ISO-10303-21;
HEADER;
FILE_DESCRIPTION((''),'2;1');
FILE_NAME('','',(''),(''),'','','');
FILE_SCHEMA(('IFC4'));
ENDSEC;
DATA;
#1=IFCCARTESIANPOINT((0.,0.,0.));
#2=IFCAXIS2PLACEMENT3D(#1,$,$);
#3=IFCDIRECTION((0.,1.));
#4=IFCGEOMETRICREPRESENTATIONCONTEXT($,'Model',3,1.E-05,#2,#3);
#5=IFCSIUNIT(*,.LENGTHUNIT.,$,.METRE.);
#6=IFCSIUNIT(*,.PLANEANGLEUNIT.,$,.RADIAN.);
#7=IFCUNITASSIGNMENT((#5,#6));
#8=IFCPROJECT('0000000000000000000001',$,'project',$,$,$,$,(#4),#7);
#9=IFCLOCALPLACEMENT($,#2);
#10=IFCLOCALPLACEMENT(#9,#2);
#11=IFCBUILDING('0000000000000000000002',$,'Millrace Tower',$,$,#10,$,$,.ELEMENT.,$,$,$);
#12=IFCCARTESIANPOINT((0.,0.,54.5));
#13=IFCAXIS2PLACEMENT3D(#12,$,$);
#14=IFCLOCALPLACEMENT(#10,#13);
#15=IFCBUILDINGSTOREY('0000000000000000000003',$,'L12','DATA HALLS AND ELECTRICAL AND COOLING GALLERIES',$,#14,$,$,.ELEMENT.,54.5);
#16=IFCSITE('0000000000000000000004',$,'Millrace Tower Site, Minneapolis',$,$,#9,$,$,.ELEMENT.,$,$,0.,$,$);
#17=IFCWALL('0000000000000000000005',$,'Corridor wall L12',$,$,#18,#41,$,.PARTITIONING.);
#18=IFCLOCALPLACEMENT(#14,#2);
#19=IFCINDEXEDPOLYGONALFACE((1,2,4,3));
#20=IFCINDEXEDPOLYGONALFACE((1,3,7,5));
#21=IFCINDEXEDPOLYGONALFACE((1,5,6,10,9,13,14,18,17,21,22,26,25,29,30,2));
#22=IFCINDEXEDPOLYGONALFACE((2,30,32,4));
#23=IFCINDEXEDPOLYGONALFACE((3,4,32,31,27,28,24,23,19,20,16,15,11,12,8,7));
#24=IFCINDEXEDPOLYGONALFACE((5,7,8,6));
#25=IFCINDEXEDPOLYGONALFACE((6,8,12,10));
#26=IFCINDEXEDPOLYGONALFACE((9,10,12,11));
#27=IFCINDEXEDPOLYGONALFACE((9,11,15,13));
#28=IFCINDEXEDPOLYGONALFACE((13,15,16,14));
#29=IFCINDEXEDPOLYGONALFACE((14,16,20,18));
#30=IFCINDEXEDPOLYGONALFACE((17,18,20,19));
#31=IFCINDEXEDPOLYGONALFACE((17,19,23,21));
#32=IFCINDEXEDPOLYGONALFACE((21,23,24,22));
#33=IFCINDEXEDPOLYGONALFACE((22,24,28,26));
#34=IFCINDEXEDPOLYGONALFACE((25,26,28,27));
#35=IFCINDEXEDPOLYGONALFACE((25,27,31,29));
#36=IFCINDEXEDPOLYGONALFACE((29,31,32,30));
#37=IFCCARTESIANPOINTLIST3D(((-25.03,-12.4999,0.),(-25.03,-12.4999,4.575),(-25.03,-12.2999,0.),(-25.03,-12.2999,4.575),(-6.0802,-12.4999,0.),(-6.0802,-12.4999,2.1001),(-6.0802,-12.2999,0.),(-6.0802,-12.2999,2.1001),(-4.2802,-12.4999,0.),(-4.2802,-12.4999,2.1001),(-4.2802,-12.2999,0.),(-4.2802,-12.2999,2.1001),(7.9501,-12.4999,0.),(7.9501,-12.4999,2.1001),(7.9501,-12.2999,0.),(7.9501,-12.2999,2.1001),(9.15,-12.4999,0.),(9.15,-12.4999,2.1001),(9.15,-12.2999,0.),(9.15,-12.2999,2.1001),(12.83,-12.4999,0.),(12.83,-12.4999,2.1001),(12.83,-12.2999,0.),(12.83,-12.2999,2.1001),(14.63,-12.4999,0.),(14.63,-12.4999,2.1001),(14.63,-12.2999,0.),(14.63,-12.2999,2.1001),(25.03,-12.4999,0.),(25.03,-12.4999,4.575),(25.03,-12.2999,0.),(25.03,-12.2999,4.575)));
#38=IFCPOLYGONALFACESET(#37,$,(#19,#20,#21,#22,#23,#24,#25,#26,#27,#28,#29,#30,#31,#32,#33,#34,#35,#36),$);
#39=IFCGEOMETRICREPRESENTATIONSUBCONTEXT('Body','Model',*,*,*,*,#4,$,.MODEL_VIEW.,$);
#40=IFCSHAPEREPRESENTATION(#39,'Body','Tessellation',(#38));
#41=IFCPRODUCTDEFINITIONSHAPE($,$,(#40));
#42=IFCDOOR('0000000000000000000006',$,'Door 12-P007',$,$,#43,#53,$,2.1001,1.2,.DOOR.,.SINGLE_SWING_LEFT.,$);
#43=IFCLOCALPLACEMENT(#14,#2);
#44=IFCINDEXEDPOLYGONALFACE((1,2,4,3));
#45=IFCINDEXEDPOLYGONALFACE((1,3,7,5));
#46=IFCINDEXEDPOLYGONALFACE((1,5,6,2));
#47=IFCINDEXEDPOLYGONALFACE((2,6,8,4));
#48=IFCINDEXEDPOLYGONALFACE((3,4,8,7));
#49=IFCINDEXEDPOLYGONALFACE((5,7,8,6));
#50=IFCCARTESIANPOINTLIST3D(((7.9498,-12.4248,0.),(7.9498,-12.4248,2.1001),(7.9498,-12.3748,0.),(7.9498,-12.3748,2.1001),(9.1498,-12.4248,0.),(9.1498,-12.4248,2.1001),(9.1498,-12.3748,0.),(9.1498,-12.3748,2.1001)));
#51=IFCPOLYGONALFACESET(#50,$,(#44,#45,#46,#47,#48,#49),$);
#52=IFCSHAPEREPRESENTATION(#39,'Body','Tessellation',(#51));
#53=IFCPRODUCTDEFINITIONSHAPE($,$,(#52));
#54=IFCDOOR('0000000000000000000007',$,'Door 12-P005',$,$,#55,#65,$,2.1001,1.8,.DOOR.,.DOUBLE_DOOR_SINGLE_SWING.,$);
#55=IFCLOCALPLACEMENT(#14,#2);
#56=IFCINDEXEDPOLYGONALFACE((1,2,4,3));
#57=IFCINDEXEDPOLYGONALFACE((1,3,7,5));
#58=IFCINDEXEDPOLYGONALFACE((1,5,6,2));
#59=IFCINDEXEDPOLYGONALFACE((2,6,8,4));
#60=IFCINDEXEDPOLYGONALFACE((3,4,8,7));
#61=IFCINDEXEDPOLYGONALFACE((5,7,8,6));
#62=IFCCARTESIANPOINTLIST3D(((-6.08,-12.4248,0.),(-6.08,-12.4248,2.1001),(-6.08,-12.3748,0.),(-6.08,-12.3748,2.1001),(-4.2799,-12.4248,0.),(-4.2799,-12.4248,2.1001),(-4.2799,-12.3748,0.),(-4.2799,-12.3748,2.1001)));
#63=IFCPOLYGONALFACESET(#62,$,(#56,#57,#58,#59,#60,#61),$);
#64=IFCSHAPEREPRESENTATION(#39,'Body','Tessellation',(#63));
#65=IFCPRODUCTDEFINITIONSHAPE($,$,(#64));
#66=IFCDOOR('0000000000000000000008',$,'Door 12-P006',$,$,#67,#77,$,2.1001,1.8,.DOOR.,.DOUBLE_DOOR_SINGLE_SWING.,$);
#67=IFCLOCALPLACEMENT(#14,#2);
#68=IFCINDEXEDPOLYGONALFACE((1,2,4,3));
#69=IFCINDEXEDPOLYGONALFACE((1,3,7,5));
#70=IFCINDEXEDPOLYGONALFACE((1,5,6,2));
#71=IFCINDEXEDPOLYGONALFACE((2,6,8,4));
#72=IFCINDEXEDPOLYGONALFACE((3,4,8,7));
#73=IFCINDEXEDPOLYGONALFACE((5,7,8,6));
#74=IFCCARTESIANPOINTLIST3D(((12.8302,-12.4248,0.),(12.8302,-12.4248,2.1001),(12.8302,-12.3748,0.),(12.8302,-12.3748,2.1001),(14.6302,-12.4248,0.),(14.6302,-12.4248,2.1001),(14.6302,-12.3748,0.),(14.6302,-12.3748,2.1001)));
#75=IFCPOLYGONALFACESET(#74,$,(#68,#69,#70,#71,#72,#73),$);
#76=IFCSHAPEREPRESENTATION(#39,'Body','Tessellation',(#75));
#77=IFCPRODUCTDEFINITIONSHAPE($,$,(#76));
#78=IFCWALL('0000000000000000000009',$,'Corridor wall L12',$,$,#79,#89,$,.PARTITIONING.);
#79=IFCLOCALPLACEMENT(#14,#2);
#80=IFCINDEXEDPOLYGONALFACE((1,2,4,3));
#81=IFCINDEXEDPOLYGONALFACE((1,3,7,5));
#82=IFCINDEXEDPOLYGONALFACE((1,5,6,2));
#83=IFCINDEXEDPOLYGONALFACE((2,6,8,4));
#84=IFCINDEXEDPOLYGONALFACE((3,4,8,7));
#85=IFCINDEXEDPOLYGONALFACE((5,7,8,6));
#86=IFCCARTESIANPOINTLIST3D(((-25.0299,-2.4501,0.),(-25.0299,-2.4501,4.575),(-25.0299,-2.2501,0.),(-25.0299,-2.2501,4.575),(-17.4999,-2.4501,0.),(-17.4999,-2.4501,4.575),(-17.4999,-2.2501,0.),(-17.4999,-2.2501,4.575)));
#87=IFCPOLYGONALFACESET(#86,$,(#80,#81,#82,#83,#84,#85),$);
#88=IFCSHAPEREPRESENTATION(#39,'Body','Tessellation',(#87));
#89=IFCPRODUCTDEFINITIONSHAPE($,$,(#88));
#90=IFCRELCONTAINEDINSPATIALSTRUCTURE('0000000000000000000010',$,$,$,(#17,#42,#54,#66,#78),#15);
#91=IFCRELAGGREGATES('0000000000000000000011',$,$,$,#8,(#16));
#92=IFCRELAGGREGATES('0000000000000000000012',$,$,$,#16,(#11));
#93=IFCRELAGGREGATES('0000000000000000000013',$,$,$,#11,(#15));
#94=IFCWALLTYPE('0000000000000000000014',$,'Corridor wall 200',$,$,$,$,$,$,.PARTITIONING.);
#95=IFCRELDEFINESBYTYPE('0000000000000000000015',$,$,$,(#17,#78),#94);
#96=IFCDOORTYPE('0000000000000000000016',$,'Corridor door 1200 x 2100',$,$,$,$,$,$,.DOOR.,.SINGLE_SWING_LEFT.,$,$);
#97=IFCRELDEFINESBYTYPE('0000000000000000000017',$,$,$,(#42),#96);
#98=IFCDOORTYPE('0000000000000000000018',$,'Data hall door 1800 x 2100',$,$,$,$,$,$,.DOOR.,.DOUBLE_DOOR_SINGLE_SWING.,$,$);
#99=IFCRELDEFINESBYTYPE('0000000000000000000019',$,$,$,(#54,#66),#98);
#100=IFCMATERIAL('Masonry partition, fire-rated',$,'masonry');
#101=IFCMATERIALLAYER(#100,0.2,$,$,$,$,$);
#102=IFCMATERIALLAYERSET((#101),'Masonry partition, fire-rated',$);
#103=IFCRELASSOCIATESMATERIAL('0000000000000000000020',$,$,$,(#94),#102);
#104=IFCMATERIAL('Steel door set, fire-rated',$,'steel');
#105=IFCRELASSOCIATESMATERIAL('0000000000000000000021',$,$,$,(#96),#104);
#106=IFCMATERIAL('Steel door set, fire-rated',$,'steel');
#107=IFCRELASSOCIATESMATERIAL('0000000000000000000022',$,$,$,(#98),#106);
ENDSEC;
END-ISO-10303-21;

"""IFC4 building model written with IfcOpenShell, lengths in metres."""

from ifc_helpers import new_model, si_unit, direction, frame, frame_2d, origin, place, context, subcontext, project, spatial, rectangle, extrude, material, layer, layer_set, type_object, element, fill, save


model = new_model("IFC4")

# Units and contexts
model_context = context("Model", 3, precision=1e-05, world=origin(), true_north=direction((0.0, 1.0)))
body_context = subcontext(model_context, "Body", "Model", "MODEL_VIEW")
ifc_project = project(units=[si_unit("LENGTHUNIT", "METRE"), si_unit("PLANEANGLEUNIT", "RADIAN")], contexts=[model_context])

# Site, building, storey
site_placement = place(None, origin())
site = spatial("IfcSite", under=ifc_project, at=site_placement, Name="Millrace Tower Site, Minneapolis", CompositionType="ELEMENT", RefElevation=0.0)
building_placement = place(site_placement, origin())
building = spatial("IfcBuilding", under=site, at=building_placement, Name="Millrace Tower", CompositionType="ELEMENT")
storey_placement = place(building_placement, frame((0.0, 0.0, 54.5)))
storey = spatial("IfcBuildingStorey", under=building, at=storey_placement, Name="L12", Description="DATA HALLS AND ELECTRICAL AND COOLING GALLERIES", CompositionType="ELEMENT", Elevation=54.5)

# Wall, openings, doors
ifc_material_1 = material(Name="Masonry partition, fire-rated", Category="masonry")
ifc_layer_1 = layer(ifc_material_1, 0.2)
ifc_layer_set_1 = layer_set([ifc_layer_1], Name="Masonry partition, fire-rated")
wall_type = type_object("IfcWallType", Name="Corridor wall 200", PredefinedType="PARTITIONING", material=ifc_layer_set_1)
wall_1_placement = place(storey_placement, frame((-25.03, -12.3999, 0.0), z_axis=(0.0, 0.0, 1.0), x_axis=(1.0, 0.0, 0.0)))
wall_1 = element("IfcWall", 1, at=wall_1_placement, inside=storey, type_object=wall_type, Name="Corridor wall L12", PredefinedType="PARTITIONING", context=body_context, shape_type="SweptSolid", body=[
    extrude(rectangle(XDim=50.0601, YDim=0.2, at=frame_2d((25.03, 0.0))), origin(), (0.0, 0.0, 1.0), 4.575),
])
opening_1_placement = place(wall_1_placement, frame((18.95, 0.0, 0.0)))
opening_1 = element("IfcOpeningElement", 2, at=opening_1_placement, cuts=wall_1, PredefinedType="OPENING", context=body_context, shape_type="SweptSolid", body=[
    extrude(rectangle(XDim=1.8, YDim=2.1001, at=frame_2d((0.8999, 1.05))), frame((0.0, 0.1099, 0.0), z_axis=(0.0, -1.0, 0.0), x_axis=(1.0, 0.0, 0.0)), (0.0, 0.0, 1.0), 0.22),
])
opening_2_placement = place(wall_1_placement, frame((37.8601, 0.0, 0.0)))
opening_2 = element("IfcOpeningElement", 3, at=opening_2_placement, cuts=wall_1, PredefinedType="OPENING", context=body_context, shape_type="SweptSolid", body=[
    extrude(rectangle(XDim=1.8, YDim=2.1001, at=frame_2d((0.8999, 1.05))), frame((0.0, 0.1099, 0.0), z_axis=(0.0, -1.0, 0.0), x_axis=(1.0, 0.0, 0.0)), (0.0, 0.0, 1.0), 0.22),
])
opening_3_placement = place(wall_1_placement, frame((32.98, 0.0, 0.0)))
opening_3 = element("IfcOpeningElement", 4, at=opening_3_placement, cuts=wall_1, PredefinedType="OPENING", context=body_context, shape_type="SweptSolid", body=[
    extrude(rectangle(XDim=1.2, YDim=2.1001, at=frame_2d((0.6001, 1.05))), frame((0.0, 0.1099, 0.0), z_axis=(0.0, -1.0, 0.0), x_axis=(1.0, 0.0, 0.0)), (0.0, 0.0, 1.0), 0.22),
])
ifc_material_2 = material(Name="Steel door set, fire-rated", Category="steel")
door_type_1 = type_object("IfcDoorType", Name="Corridor door 1200 x 2100", OperationType="SINGLE_SWING_LEFT", PredefinedType="DOOR", material=ifc_material_2)
door_1_placement = place(opening_3_placement, frame((1.2, 0.0, 0.0), z_axis=(0.0, 0.0, 1.0), x_axis=(-1.0, 0.0, 0.0)))
door_1 = element("IfcDoor", 5, at=door_1_placement, inside=storey, type_object=door_type_1, Name="Door 12-P007", OperationType="SINGLE_SWING_LEFT", OverallHeight=2.1001, OverallWidth=1.2, PredefinedType="DOOR", context=body_context, shape_type="SweptSolid", body=[
    extrude(rectangle(XDim=1.2, YDim=2.1001, at=frame_2d((0.6001, 1.05))), frame((0.0, 0.0249, 0.0), z_axis=(0.0, -1.0, 0.0), x_axis=(1.0, 0.0, 0.0)), (0.0, 0.0, 1.0), 0.05),
])
fill(opening_3, door_1)
ifc_material_3 = material(Name="Steel door set, fire-rated", Category="steel")
door_type_2 = type_object("IfcDoorType", Name="Data hall door 1800 x 2100", OperationType="DOUBLE_DOOR_SINGLE_SWING", PredefinedType="DOOR", material=ifc_material_3)
door_2_placement = place(opening_1_placement, frame((1.8, 0.0, 0.0), z_axis=(0.0, 0.0, 1.0), x_axis=(-1.0, 0.0, 0.0)))
door_2 = element("IfcDoor", 6, at=door_2_placement, inside=storey, type_object=door_type_2, Name="Door 12-P005", OperationType="DOUBLE_DOOR_SINGLE_SWING", OverallHeight=2.1001, OverallWidth=1.8, PredefinedType="DOOR", context=body_context, shape_type="SweptSolid", body=[
    extrude(rectangle(XDim=1.8, YDim=2.1001, at=frame_2d((0.8999, 1.05))), frame((0.0, 0.0249, 0.0), z_axis=(0.0, -1.0, 0.0), x_axis=(1.0, 0.0, 0.0)), (0.0, 0.0, 1.0), 0.05),
])
fill(opening_1, door_2)
door_3_placement = place(opening_2_placement, frame((1.8, 0.0, 0.0), z_axis=(0.0, 0.0, 1.0), x_axis=(-1.0, 0.0, 0.0)))
door_3 = element("IfcDoor", 7, at=door_3_placement, inside=storey, type_object=door_type_2, Name="Door 12-P006", OperationType="DOUBLE_DOOR_SINGLE_SWING", OverallHeight=2.1001, OverallWidth=1.8, PredefinedType="DOOR", context=body_context, shape_type="SweptSolid", body=[
    extrude(rectangle(XDim=1.8, YDim=2.1001, at=frame_2d((0.8999, 1.05))), frame((0.0, 0.0249, 0.0), z_axis=(0.0, -1.0, 0.0), x_axis=(1.0, 0.0, 0.0)), (0.0, 0.0, 1.0), 0.05),
])
fill(opening_2, door_3)

# Wall
wall_2_placement = place(storey_placement, frame((-25.03, -2.3501, 0.0), z_axis=(0.0, 0.0, 1.0), x_axis=(1.0, 0.0, 0.0)))
element("IfcWall", 8, at=wall_2_placement, inside=storey, type_object=wall_type, Name="Corridor wall L12", PredefinedType="PARTITIONING", context=body_context, shape_type="SweptSolid", body=[
    extrude(rectangle(XDim=7.53, YDim=0.2, at=frame_2d((3.7651, 0.0))), origin(), (0.0, 0.0, 1.0), 4.575),
])

save(model, "model.ifc")
